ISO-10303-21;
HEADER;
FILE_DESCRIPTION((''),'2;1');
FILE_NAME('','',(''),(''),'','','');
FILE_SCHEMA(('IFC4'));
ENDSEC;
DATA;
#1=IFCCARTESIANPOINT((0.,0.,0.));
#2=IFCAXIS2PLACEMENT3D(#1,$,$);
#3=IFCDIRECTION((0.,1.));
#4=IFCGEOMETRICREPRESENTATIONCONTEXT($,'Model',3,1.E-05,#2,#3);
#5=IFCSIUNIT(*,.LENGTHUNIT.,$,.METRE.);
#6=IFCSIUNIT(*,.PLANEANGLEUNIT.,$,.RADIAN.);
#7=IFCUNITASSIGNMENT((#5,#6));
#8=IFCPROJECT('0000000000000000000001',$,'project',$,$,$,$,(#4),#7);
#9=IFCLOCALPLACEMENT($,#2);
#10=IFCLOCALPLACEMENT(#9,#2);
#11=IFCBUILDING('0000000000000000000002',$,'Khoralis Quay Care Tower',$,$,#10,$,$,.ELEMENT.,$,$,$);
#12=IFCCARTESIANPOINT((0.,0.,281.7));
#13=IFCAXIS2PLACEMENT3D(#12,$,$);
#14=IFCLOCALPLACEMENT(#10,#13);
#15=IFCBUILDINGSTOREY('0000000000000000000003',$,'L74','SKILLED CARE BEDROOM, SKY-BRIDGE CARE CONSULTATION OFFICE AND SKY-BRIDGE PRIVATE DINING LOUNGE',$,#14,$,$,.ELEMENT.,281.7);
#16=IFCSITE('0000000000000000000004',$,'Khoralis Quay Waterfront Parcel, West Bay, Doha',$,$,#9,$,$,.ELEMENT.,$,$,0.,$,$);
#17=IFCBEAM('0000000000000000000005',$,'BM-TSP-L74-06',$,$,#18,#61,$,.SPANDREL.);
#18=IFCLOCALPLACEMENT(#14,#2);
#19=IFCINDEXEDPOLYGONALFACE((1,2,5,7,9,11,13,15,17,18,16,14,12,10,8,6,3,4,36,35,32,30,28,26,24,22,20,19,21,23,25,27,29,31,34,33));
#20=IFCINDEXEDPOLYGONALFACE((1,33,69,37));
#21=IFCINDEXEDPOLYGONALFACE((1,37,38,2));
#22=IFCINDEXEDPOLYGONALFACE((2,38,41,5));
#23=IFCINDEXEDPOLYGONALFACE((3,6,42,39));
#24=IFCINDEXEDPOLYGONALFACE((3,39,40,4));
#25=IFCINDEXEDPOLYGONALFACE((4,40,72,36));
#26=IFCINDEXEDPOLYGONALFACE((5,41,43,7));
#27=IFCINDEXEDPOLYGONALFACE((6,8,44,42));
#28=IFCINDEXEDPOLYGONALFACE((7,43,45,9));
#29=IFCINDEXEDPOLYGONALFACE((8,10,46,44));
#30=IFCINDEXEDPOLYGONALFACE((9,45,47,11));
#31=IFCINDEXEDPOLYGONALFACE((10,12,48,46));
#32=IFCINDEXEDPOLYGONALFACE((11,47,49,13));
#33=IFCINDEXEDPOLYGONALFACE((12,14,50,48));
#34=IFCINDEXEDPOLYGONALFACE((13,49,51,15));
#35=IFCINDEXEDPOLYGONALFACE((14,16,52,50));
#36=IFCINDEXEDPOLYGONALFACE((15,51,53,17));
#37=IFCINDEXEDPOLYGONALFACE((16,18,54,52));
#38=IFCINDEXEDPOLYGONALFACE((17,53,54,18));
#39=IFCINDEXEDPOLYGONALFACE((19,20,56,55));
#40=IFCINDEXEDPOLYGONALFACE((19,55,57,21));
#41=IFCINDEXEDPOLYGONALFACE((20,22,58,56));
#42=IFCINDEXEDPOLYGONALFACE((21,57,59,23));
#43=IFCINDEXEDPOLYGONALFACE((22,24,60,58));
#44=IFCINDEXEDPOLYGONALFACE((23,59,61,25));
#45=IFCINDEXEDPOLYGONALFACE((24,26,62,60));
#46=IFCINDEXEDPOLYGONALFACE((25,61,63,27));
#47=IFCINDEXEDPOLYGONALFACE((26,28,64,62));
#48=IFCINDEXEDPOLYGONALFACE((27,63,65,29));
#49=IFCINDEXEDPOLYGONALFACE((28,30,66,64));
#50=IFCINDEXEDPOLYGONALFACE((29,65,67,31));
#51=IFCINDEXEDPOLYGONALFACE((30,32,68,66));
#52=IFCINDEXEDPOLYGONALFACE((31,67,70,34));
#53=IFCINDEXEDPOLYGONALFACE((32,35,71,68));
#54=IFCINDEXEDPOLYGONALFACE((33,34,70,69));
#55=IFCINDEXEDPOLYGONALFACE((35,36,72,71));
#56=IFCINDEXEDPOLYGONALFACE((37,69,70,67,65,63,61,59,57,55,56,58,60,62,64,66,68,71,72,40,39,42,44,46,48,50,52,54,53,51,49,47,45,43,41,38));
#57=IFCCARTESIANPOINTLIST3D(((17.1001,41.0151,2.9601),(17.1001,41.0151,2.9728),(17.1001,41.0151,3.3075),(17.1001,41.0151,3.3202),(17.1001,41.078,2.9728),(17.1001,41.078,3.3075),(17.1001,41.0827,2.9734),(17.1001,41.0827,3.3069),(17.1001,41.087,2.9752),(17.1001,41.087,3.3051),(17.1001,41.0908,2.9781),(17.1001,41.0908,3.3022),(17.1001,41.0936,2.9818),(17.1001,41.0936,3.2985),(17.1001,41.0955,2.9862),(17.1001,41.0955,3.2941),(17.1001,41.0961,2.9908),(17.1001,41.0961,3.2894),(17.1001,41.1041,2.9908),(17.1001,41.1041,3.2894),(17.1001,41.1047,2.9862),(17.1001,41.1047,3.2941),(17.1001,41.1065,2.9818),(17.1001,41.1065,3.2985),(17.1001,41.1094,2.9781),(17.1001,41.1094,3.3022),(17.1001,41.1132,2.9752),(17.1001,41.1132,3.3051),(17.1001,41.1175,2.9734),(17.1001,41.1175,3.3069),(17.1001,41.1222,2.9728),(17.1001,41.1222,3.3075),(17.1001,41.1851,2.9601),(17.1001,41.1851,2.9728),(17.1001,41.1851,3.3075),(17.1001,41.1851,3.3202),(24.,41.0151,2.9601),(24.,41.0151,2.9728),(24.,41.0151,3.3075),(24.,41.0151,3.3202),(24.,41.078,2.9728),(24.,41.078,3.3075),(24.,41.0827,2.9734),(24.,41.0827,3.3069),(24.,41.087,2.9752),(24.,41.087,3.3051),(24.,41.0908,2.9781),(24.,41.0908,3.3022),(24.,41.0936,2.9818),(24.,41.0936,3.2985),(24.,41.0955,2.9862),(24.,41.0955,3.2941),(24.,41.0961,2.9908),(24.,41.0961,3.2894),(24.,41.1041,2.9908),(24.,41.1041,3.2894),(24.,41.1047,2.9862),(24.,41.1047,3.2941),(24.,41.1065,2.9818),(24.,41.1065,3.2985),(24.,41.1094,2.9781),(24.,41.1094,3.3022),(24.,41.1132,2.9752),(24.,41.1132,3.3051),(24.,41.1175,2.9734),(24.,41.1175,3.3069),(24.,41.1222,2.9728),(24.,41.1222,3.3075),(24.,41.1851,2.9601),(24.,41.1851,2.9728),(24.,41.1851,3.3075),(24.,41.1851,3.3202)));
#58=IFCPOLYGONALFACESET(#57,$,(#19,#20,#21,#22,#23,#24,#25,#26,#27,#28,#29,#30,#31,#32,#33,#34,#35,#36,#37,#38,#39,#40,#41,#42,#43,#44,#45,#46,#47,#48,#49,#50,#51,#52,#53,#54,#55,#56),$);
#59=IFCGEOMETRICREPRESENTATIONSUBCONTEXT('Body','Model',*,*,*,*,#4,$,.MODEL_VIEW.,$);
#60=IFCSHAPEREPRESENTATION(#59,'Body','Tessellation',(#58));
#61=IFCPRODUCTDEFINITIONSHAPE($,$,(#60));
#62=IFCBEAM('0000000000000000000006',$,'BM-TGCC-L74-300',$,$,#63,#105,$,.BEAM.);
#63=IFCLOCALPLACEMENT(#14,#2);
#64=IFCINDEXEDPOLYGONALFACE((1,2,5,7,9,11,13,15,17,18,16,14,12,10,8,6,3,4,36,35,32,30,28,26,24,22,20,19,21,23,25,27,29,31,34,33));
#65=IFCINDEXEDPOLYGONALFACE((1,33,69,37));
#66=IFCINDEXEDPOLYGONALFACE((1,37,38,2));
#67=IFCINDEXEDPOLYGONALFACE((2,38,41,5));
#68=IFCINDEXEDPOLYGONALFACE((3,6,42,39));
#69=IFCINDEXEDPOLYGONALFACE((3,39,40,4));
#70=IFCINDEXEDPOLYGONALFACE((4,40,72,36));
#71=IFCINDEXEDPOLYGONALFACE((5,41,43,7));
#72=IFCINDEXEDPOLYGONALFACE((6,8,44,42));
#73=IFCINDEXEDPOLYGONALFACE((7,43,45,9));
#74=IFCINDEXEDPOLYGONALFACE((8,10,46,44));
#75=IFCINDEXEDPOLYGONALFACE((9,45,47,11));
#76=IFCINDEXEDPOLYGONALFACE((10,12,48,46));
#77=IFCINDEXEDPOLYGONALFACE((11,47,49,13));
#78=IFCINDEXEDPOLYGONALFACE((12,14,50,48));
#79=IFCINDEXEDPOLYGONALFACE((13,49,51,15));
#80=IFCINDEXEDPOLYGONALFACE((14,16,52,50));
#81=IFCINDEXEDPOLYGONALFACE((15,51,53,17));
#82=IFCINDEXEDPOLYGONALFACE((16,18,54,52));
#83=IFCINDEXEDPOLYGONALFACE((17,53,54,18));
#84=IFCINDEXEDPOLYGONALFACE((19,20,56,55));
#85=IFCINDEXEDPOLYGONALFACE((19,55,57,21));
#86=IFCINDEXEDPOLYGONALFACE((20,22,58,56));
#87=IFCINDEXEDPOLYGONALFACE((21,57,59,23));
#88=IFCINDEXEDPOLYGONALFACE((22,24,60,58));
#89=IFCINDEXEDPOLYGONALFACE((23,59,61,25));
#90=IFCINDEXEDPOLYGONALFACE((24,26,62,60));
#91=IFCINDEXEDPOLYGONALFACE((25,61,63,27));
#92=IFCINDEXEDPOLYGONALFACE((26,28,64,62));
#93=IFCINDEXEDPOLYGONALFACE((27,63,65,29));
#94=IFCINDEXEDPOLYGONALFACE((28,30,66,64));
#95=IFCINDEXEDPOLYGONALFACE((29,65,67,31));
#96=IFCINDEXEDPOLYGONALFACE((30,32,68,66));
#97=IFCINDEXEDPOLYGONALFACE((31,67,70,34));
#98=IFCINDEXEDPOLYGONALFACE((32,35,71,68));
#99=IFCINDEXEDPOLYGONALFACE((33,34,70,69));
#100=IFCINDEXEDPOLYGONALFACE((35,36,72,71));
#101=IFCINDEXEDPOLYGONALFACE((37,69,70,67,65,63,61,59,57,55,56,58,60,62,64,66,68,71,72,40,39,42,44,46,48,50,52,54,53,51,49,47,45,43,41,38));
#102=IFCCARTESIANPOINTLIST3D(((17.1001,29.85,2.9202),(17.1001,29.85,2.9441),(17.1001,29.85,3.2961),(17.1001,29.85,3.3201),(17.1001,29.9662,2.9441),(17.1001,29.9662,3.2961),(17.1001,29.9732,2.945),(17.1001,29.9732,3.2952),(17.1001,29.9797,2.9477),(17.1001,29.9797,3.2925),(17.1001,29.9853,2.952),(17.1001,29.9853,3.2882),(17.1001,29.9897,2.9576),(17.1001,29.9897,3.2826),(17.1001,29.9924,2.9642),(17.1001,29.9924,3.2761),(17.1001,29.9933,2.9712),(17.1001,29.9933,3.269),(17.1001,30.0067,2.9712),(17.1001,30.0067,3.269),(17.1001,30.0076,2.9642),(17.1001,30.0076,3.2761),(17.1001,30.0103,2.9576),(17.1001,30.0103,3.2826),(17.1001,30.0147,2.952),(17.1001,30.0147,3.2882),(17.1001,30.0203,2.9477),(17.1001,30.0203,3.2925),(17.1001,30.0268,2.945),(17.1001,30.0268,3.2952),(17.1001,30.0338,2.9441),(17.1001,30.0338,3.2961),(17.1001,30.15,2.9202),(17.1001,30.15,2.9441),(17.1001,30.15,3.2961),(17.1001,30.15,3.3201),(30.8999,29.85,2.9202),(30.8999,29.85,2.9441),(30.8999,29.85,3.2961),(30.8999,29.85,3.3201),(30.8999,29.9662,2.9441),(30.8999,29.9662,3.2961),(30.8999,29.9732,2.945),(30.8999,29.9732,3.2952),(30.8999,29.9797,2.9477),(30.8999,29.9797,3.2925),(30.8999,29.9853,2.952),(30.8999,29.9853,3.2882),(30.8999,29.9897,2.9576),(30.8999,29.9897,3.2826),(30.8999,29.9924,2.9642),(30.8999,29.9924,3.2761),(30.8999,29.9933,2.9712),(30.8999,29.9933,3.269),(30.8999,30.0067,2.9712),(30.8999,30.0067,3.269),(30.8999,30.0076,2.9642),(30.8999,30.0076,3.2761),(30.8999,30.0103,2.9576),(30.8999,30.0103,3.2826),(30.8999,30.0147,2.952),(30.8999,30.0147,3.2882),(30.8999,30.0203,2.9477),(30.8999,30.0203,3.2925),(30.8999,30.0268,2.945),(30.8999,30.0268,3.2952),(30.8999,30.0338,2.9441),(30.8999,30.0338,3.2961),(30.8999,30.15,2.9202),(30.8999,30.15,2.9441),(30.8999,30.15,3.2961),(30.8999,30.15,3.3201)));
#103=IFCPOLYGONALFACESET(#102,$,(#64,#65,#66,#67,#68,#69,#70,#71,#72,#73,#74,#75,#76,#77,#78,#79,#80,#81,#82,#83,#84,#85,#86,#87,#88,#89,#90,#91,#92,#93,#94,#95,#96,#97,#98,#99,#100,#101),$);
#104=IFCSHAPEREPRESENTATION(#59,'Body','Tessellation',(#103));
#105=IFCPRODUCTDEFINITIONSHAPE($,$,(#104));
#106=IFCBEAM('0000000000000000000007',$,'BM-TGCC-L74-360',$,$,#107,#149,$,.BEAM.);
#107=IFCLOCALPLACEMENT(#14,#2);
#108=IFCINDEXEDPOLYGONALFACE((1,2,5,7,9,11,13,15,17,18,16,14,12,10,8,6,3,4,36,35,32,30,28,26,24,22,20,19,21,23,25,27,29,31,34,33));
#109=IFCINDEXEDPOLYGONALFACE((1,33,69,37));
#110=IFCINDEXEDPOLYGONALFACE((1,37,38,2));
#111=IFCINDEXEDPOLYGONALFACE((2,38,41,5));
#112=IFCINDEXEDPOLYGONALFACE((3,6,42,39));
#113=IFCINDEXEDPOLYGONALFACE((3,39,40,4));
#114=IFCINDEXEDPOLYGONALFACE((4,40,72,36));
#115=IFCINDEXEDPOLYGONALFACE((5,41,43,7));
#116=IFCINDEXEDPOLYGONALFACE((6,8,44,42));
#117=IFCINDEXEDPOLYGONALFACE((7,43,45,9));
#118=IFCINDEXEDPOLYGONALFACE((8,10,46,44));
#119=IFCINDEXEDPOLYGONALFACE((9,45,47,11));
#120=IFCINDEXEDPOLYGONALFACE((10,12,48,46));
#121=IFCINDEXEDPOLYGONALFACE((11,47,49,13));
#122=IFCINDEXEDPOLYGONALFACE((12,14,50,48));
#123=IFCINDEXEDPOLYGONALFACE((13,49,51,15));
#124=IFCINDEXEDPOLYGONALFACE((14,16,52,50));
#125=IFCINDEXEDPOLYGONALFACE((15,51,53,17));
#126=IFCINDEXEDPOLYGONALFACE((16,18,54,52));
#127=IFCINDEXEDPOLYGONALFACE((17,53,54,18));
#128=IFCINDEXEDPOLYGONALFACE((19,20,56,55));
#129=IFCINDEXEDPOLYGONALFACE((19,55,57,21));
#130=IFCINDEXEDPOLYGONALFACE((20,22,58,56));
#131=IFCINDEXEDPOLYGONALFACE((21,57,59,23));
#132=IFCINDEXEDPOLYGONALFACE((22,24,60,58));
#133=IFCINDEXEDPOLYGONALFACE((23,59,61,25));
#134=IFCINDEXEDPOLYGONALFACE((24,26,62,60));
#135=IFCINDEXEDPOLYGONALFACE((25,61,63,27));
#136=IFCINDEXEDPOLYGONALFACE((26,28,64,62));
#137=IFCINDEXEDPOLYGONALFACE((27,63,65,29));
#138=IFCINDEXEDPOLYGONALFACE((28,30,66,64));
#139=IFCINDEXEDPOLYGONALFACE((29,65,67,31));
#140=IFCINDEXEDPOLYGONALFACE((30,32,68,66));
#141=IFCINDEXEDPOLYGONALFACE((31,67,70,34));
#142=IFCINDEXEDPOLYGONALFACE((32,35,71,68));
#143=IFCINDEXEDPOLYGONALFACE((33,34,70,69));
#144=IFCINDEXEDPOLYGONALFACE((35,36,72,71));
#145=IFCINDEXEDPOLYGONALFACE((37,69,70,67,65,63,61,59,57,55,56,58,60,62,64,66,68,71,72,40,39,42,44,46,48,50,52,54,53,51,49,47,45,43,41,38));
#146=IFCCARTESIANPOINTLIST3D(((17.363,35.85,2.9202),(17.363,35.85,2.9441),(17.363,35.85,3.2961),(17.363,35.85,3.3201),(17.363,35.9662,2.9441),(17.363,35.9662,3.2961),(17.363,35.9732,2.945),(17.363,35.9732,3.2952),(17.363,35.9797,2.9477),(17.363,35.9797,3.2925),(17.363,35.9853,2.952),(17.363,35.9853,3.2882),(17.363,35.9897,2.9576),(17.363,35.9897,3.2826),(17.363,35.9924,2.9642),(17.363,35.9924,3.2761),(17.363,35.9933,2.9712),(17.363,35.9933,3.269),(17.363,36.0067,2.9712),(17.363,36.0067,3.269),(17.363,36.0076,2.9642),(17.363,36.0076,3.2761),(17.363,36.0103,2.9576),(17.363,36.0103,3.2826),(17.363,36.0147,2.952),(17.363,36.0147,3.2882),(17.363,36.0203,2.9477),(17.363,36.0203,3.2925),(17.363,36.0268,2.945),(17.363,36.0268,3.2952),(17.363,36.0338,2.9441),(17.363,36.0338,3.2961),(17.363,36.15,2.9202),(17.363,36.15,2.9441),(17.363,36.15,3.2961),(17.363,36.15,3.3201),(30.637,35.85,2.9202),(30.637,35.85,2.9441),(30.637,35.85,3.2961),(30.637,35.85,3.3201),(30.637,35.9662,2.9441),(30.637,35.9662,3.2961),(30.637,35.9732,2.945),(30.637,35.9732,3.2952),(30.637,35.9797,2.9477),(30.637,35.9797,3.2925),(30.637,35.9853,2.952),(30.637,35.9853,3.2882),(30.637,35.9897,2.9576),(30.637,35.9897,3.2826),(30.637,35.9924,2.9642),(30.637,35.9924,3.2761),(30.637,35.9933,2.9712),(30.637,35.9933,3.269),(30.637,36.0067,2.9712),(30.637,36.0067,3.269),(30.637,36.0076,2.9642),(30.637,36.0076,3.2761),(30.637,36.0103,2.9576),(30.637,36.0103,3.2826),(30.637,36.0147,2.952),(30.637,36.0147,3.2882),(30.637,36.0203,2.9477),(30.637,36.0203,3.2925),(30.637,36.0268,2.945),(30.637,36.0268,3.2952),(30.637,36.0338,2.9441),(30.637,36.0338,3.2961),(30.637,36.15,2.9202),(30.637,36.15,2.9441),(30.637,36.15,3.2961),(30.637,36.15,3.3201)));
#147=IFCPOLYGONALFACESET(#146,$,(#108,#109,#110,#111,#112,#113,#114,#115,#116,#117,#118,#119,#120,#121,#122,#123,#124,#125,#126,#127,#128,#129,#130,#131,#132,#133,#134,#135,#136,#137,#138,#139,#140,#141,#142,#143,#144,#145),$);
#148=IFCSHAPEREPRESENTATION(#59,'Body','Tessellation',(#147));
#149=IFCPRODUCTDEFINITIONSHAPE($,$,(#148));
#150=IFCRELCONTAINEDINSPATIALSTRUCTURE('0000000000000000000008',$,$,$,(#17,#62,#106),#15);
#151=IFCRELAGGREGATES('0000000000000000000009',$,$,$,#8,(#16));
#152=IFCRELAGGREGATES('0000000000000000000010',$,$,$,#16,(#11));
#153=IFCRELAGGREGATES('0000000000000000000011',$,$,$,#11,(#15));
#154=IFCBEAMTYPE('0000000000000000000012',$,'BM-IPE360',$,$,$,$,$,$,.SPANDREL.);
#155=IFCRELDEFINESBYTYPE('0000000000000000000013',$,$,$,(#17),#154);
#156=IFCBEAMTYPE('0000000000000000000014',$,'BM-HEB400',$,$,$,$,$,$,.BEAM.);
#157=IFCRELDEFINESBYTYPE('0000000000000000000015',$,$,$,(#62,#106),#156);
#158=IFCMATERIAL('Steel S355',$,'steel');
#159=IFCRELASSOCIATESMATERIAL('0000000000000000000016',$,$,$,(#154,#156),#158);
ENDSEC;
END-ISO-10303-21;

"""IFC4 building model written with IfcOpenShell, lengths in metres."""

from ifc_helpers import new_model, si_unit, direction, frame, origin, origin_2d, place, context, subcontext, project, spatial, i_section, extrude, source, transform, mapped, material, material_profile, profile_set, type_object, element, save


model = new_model("IFC4")

# Units and contexts
model_context = context("Model", 3, precision=1e-05, world=origin(), true_north=direction((0.0, 1.0)))
body_context = subcontext(model_context, "Body", "Model", "MODEL_VIEW")
ifc_project = project(units=[si_unit("LENGTHUNIT", "METRE"), si_unit("PLANEANGLEUNIT", "RADIAN")], contexts=[model_context])

# Site, building, storey
site_placement = place(None, origin())
site = spatial("IfcSite", under=ifc_project, at=site_placement, Name="Khoralis Quay Waterfront Parcel, West Bay, Doha", CompositionType="ELEMENT", RefElevation=0.0)
building_placement = place(site_placement, origin())
building = spatial("IfcBuilding", under=site, at=building_placement, Name="Khoralis Quay Care Tower", CompositionType="ELEMENT")
storey_placement = place(building_placement, frame((0.0, 0.0, 281.7)))
storey = spatial("IfcBuildingStorey", under=building, at=storey_placement, Name="L74", Description="SKILLED CARE BEDROOM, SKY-BRIDGE CARE CONSULTATION OFFICE AND SKY-BRIDGE PRIVATE DINING LOUNGE", CompositionType="ELEMENT", Elevation=281.7)

# Beams
ifc_material_1 = material(Name="Steel S355", Category="steel")
ifc_material_profile_1 = material_profile(ifc_material_1, i_section(OverallWidth=0.1699, OverallDepth=0.3601, WebThickness=0.0081, FlangeThickness=0.0127, FilletRadius=0.0181, at=origin_2d()), Name="Steel S355")
ifc_profile_set_1 = profile_set([ifc_material_profile_1], Name="Steel S355")
beam_type_1 = type_object("IfcBeamType", Name="BM-IPE360", PredefinedType="SPANDREL", material=ifc_profile_set_1)
shared_shape_1 = source(origin(), body_context, "Body", "SweptSolid", [
    extrude(i_section(OverallWidth=0.1699, OverallDepth=0.3601, WebThickness=0.0081, FlangeThickness=0.0127, FilletRadius=0.0181, at=origin_2d()), origin(), (0.0, 0.0, 1.0), 6.8999),
])
beam_1_placement = place(storey_placement, frame((17.1001, 41.1001, 3.1401), z_axis=(1.0, 0.0, 0.0), x_axis=(0.0, 1.0, 0.0)))
element("IfcBeam", 1, at=beam_1_placement, inside=storey, type_object=beam_type_1, Name="BM-TSP-L74-06", PredefinedType="SPANDREL", context=body_context, shape_type="MappedRepresentation", body=[
    mapped(shared_shape_1, transform((0.0, 0.0, 0.0), scale=1.0)),
])
ifc_material_profile_2 = material_profile(ifc_material_1, i_section(OverallWidth=0.3, OverallDepth=0.3999, WebThickness=0.0134, FlangeThickness=0.0239, FilletRadius=0.0271, at=origin_2d()), Name="Steel S355")
ifc_profile_set_2 = profile_set([ifc_material_profile_2], Name="Steel S355")
beam_type_2 = type_object("IfcBeamType", Name="BM-HEB400", PredefinedType="BEAM", material=ifc_profile_set_2)
shared_shape_2 = source(origin(), body_context, "Body", "SweptSolid", [
    extrude(i_section(OverallWidth=0.3, OverallDepth=0.3999, WebThickness=0.0134, FlangeThickness=0.0239, FilletRadius=0.0271, at=origin_2d()), origin(), (0.0, 0.0, 1.0), 13.7998),
])
beam_2_placement = place(storey_placement, frame((17.1001, 30.0, 3.1201), z_axis=(1.0, 0.0, 0.0), x_axis=(0.0, 1.0, 0.0)))
element("IfcBeam", 2, at=beam_2_placement, inside=storey, type_object=beam_type_2, Name="BM-TGCC-L74-300", PredefinedType="BEAM", context=body_context, shape_type="MappedRepresentation", body=[
    mapped(shared_shape_2, transform((0.0, 0.0, 0.0), scale=1.0)),
])
shared_shape_3 = source(origin(), body_context, "Body", "SweptSolid", [
    extrude(i_section(OverallWidth=0.3, OverallDepth=0.3999, WebThickness=0.0134, FlangeThickness=0.0239, FilletRadius=0.0271, at=origin_2d()), origin(), (0.0, 0.0, 1.0), 13.2739),
])
beam_3_placement = place(storey_placement, frame((17.363, 36.0, 3.1201), z_axis=(1.0, 0.0, 0.0), x_axis=(0.0, 1.0, 0.0)))
element("IfcBeam", 3, at=beam_3_placement, inside=storey, type_object=beam_type_2, Name="BM-TGCC-L74-360", PredefinedType="BEAM", context=body_context, shape_type="MappedRepresentation", body=[
    mapped(shared_shape_3, transform((0.0, 0.0, 0.0), scale=1.0)),
])

save(model, "model.ifc")
